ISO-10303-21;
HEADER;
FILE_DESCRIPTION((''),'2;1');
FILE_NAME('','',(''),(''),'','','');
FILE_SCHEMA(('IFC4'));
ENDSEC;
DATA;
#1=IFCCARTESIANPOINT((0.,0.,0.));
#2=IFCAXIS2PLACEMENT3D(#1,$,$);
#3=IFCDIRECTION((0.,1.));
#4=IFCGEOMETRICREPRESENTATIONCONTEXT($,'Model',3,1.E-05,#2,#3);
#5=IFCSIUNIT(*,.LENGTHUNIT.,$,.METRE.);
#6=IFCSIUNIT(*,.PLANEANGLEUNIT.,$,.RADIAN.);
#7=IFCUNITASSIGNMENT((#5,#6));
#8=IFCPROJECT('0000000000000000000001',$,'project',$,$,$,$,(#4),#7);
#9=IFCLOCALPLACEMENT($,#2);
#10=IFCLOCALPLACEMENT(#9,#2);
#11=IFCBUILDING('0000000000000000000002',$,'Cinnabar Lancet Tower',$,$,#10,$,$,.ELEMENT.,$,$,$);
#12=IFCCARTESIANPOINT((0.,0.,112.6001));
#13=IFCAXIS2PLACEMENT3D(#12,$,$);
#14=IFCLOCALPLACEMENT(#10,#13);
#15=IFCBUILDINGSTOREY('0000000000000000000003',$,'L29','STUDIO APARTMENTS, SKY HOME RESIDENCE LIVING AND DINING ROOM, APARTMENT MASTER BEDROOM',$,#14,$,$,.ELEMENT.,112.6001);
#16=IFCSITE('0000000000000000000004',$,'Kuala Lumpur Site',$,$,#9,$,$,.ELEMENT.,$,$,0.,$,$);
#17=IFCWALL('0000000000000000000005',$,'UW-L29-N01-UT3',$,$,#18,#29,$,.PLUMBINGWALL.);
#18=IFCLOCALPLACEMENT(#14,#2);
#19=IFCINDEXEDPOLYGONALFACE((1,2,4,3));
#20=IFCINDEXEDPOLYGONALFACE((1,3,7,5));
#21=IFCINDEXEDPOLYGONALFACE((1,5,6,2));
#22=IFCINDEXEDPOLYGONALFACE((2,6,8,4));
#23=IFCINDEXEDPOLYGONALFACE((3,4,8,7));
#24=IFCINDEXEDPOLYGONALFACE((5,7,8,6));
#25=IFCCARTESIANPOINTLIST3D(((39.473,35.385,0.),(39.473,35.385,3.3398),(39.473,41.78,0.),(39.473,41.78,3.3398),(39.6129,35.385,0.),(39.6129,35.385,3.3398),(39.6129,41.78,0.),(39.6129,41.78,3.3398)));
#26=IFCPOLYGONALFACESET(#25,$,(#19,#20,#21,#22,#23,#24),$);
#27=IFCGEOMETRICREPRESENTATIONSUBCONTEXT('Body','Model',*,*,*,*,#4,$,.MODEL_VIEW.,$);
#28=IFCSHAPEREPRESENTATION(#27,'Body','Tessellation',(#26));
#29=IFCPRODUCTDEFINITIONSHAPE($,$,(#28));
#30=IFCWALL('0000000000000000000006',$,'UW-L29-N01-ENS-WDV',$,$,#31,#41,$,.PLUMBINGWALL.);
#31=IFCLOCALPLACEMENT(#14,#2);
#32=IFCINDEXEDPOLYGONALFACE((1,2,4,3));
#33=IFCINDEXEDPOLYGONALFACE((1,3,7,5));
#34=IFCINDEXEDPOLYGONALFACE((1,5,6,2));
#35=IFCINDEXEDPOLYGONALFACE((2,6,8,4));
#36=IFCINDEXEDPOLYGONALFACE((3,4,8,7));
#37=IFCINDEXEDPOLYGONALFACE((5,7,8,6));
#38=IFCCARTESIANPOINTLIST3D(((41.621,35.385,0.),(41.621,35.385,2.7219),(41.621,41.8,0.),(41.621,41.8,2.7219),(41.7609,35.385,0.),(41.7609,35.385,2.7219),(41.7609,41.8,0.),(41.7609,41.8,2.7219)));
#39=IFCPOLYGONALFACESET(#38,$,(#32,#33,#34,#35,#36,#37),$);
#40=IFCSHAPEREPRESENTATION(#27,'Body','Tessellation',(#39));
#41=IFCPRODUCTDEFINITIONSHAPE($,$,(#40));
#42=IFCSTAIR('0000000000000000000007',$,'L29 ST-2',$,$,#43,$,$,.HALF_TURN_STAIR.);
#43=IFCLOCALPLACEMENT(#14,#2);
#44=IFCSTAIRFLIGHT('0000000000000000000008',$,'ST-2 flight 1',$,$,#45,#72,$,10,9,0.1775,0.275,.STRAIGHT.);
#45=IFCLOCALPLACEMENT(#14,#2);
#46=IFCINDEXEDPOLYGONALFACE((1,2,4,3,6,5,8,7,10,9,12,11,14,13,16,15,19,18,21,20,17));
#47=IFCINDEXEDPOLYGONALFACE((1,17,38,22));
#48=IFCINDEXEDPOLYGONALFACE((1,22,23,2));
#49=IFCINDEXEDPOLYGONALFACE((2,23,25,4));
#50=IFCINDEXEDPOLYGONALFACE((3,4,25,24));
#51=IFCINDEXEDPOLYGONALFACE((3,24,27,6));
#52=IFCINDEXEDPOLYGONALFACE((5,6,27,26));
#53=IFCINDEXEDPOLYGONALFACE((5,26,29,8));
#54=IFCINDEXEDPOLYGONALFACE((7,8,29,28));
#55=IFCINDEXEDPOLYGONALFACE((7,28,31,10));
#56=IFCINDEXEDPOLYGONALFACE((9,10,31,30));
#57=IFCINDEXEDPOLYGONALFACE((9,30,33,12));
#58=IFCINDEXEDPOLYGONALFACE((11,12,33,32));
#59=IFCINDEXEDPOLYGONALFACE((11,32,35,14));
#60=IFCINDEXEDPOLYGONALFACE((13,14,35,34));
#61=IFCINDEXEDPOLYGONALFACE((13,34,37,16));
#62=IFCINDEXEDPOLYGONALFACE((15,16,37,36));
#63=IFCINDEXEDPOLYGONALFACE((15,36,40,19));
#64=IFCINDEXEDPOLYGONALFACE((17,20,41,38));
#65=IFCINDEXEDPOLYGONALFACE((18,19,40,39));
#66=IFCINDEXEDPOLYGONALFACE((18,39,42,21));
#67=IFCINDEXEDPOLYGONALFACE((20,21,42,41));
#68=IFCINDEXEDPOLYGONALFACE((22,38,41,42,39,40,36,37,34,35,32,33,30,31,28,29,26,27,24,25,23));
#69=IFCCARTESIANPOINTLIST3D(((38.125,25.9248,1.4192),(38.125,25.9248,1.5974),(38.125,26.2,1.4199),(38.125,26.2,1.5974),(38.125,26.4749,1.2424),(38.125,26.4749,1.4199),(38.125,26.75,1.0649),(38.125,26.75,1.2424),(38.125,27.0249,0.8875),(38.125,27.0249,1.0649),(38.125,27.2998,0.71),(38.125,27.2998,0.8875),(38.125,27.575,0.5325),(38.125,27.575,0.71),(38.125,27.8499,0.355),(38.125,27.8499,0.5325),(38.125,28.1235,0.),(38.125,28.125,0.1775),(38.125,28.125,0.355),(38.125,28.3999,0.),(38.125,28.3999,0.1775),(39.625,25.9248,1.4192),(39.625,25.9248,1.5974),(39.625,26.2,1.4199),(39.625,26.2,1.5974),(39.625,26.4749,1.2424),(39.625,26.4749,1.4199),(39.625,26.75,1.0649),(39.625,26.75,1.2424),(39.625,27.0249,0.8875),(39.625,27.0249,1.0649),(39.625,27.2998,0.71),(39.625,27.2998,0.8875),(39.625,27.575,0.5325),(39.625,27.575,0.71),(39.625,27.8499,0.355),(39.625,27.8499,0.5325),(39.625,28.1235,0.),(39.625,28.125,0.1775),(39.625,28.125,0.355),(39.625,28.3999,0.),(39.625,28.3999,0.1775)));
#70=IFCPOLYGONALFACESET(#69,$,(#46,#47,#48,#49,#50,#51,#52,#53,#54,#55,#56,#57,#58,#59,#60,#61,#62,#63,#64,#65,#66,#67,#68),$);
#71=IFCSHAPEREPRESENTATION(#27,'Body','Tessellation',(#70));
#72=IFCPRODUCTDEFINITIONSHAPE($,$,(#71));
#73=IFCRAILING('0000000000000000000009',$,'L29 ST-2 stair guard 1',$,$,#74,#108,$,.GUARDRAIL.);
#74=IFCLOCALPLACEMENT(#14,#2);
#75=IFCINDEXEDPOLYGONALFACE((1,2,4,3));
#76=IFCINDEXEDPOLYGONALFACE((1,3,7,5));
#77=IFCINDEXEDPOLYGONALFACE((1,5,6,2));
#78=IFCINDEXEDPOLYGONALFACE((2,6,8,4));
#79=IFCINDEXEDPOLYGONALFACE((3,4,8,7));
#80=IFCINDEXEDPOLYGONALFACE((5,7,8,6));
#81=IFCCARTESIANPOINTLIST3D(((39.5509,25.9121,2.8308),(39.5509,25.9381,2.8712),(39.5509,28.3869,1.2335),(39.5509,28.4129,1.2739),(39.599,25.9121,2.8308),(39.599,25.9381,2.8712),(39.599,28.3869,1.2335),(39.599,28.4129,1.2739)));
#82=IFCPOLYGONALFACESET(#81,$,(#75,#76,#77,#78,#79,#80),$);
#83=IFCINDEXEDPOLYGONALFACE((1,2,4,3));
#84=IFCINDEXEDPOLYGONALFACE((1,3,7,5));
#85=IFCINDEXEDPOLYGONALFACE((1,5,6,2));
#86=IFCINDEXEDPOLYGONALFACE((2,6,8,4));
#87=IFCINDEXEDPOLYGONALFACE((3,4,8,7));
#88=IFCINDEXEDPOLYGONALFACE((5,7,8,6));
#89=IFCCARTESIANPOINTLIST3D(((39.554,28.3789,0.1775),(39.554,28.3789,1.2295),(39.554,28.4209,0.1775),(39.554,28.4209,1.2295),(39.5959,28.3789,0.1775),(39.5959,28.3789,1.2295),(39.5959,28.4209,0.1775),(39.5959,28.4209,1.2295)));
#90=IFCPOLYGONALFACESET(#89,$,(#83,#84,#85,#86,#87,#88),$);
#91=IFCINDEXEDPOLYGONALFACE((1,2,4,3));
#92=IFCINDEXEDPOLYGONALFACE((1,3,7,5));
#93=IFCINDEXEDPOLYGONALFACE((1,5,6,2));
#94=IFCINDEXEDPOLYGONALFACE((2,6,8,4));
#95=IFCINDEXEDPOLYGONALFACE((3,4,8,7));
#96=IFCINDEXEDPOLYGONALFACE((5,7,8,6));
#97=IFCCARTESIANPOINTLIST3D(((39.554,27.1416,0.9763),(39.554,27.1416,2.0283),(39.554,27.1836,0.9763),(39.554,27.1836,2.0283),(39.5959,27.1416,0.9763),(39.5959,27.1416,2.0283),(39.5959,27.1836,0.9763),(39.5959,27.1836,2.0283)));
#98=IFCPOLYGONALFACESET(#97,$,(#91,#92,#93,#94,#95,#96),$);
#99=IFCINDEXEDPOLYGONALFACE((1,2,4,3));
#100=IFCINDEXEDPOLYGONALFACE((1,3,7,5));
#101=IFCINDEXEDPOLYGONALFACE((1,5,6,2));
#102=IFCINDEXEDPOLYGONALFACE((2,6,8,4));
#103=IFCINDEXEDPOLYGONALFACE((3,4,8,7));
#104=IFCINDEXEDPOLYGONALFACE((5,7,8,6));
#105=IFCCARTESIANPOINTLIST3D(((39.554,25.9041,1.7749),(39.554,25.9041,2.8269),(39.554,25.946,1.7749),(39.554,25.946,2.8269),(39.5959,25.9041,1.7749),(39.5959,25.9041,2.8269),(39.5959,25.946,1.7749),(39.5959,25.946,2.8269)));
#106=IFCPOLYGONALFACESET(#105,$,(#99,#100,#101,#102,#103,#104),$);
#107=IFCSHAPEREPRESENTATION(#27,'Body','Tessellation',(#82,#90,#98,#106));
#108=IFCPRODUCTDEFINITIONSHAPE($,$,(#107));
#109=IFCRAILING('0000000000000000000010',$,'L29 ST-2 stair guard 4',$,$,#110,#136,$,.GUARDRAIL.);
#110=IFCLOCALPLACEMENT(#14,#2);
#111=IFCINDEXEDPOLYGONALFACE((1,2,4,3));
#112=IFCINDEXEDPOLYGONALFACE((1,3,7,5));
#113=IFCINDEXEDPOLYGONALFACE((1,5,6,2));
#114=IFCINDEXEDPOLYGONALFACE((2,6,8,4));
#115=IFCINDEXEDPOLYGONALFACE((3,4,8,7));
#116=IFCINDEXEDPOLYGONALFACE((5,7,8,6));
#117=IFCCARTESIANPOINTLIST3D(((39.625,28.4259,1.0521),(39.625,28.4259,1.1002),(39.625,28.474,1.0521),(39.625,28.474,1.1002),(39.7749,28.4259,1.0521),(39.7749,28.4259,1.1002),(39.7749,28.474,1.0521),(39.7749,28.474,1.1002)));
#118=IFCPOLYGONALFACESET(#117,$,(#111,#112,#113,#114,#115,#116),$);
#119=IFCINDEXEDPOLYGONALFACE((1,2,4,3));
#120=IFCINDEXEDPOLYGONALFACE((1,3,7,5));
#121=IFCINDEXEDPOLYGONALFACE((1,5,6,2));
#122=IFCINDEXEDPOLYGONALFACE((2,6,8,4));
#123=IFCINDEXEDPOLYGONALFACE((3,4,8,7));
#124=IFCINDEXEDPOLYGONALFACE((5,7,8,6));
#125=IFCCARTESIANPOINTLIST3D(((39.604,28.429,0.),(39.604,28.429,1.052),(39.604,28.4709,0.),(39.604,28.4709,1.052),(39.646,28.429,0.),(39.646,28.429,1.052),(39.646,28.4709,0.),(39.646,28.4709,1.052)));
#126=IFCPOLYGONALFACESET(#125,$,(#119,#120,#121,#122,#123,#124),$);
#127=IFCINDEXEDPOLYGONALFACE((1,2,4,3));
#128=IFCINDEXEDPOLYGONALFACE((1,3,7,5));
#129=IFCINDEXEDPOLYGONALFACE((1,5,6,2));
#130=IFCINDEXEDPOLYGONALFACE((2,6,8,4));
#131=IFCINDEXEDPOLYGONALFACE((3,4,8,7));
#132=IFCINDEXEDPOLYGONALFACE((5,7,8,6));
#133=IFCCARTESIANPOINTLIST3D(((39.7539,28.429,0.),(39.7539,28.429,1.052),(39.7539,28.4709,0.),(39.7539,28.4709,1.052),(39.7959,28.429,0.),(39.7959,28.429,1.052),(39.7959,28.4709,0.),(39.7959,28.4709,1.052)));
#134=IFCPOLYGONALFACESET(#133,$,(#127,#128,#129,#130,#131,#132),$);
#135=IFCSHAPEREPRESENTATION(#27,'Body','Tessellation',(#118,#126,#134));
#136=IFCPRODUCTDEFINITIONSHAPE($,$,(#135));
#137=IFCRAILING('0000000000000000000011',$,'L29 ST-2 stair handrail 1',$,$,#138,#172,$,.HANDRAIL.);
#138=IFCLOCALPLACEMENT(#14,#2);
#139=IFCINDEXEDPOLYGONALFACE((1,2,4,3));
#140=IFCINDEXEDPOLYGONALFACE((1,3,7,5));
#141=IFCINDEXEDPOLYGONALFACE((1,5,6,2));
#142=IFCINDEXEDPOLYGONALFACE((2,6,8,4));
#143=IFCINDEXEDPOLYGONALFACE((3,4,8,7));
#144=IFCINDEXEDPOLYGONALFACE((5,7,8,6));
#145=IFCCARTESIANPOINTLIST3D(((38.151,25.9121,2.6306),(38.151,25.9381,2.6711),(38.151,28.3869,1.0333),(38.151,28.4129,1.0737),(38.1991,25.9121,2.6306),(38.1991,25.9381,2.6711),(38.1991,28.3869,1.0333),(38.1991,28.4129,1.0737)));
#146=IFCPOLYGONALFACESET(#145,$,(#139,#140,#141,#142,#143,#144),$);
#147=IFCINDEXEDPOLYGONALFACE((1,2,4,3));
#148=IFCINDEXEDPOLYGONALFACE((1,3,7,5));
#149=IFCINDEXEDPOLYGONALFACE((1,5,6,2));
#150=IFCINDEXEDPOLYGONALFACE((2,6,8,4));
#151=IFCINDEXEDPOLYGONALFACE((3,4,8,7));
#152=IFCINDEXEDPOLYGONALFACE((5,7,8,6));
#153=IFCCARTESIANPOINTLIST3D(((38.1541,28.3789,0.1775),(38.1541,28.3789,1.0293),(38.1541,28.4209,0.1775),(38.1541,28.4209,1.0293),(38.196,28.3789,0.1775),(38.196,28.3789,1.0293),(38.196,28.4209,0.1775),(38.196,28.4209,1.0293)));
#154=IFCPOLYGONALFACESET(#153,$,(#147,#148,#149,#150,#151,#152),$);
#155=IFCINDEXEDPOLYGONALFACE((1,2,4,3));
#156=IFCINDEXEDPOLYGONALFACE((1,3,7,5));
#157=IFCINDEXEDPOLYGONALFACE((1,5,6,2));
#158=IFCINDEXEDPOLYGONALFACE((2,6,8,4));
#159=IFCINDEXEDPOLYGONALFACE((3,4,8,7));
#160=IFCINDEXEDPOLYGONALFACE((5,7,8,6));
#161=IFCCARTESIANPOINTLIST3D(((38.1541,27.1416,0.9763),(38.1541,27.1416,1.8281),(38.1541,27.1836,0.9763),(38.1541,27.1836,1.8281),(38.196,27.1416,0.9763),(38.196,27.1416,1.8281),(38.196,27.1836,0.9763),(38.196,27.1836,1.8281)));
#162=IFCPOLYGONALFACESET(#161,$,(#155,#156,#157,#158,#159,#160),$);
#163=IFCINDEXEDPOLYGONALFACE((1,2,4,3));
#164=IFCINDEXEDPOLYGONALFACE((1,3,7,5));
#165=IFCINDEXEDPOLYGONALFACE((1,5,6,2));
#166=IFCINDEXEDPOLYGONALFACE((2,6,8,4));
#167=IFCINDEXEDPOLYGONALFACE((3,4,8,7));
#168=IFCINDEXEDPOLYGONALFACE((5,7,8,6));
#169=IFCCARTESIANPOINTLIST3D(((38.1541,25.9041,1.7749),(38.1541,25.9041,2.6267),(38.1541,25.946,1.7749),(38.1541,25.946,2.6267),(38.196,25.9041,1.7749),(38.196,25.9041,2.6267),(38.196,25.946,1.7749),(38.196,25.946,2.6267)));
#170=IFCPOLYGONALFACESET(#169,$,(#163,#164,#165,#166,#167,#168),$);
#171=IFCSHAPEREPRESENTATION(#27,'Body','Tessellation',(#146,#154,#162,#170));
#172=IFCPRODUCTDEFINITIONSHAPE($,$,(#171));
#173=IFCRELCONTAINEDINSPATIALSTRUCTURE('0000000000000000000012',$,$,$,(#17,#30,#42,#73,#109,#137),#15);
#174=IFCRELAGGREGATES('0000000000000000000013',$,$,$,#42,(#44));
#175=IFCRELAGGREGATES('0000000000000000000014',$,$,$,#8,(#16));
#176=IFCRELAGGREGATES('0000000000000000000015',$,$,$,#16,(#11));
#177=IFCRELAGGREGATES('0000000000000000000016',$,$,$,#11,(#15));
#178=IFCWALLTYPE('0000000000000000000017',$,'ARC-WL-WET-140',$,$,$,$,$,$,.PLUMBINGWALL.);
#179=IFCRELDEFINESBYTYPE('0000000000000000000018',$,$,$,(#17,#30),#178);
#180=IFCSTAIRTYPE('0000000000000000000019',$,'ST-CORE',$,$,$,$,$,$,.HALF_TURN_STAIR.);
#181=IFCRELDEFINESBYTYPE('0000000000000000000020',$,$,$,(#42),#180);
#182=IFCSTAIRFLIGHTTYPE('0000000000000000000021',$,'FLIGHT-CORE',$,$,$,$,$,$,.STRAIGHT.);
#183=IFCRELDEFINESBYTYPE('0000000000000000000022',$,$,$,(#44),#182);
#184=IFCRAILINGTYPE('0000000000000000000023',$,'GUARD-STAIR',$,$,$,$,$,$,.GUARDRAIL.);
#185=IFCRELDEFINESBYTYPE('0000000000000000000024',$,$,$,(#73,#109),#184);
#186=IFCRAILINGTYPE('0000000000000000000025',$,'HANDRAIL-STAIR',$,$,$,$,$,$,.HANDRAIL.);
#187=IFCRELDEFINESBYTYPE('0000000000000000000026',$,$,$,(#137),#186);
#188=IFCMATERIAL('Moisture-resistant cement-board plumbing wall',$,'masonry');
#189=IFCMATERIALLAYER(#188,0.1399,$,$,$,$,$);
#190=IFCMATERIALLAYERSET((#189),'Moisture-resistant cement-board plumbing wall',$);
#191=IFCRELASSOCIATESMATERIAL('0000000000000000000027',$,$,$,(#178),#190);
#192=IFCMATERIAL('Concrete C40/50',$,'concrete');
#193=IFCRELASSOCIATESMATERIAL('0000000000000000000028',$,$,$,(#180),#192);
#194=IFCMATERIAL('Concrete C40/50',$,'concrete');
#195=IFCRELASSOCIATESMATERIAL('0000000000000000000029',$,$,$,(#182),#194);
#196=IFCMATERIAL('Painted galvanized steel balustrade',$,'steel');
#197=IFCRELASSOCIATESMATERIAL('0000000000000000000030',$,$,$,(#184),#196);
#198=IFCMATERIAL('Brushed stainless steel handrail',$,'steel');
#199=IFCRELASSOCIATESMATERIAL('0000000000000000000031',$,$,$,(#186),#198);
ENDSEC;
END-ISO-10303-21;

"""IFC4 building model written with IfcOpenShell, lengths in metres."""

from ifc_helpers import new_model, si_unit, direction, frame, frame_2d, origin, origin_2d, place, context, subcontext, project, spatial, polyline, rectangle, outline, extrude, material, layer, layer_set, type_object, element, aggregate, save


model = new_model("IFC4")

# Units and contexts
model_context = context("Model", 3, precision=1e-05, world=origin(), true_north=direction((0.0, 1.0)))
body_context = subcontext(model_context, "Body", "Model", "MODEL_VIEW")
ifc_project = project(units=[si_unit("LENGTHUNIT", "METRE"), si_unit("PLANEANGLEUNIT", "RADIAN")], contexts=[model_context])

# Site, building, storey
site_placement = place(None, origin())
site = spatial("IfcSite", under=ifc_project, at=site_placement, Name="Kuala Lumpur Site", CompositionType="ELEMENT", RefElevation=0.0)
building_placement = place(site_placement, origin())
building = spatial("IfcBuilding", under=site, at=building_placement, Name="Cinnabar Lancet Tower", CompositionType="ELEMENT")
storey_placement = place(building_placement, frame((0.0, 0.0, 112.6001)))
storey = spatial("IfcBuildingStorey", under=building, at=storey_placement, Name="L29", Description="STUDIO APARTMENTS, SKY HOME RESIDENCE LIVING AND DINING ROOM, APARTMENT MASTER BEDROOM", CompositionType="ELEMENT", Elevation=112.6001)

# Walls
ifc_material_1 = material(Name="Moisture-resistant cement-board plumbing wall", Category="masonry")
ifc_layer_1 = layer(ifc_material_1, 0.1399)
ifc_layer_set_1 = layer_set([ifc_layer_1], Name="Moisture-resistant cement-board plumbing wall")
wall_type_1 = type_object("IfcWallType", Name="ARC-WL-WET-140", PredefinedType="PLUMBINGWALL", material=ifc_layer_set_1)
for number, where, z_axis, x_axis, name in (
    (1, (39.543, 35.385, 0.0), (0.0, 0.0, 1.0), (0.0, 1.0, 0.0), "UW-L29-N01-UT3"),
):
    element("IfcWall", number, at=place(storey_placement, frame(where, z_axis=z_axis, x_axis=x_axis)), inside=storey, type_object=wall_type_1, Name=name, PredefinedType="PLUMBINGWALL", context=body_context, shape_type="SweptSolid", body=[
        extrude(rectangle(XDim=6.395, YDim=0.1399, at=frame_2d((3.1975, 0.0))), origin(), (0.0, 0.0, 1.0), 3.3398),
    ])
wall_1_placement = place(storey_placement, frame((41.6909, 35.385, 0.0), z_axis=(0.0, 0.0, 1.0), x_axis=(0.0, 1.0, 0.0)))
element("IfcWall", 2, at=wall_1_placement, inside=storey, type_object=wall_type_1, Name="UW-L29-N01-ENS-WDV", PredefinedType="PLUMBINGWALL", context=body_context, shape_type="SweptSolid", body=[
    extrude(rectangle(XDim=6.415, YDim=0.1399, at=frame_2d((3.2075, 0.0))), origin(), (0.0, 0.0, 1.0), 2.7219),
])

# Stair, stair flight
ifc_material_2 = material(Name="Concrete C40/50", Category="concrete")
stair_type = type_object("IfcStairType", Name="ST-CORE", PredefinedType="HALF_TURN_STAIR", material=ifc_material_2)
stair_placement = place(storey_placement, origin())
stair = element("IfcStair", 3, at=stair_placement, inside=storey, type_object=stair_type, Name="L29 ST-2", PredefinedType="HALF_TURN_STAIR")
ifc_material_3 = material(Name="Concrete C40/50", Category="concrete")
stair_flight_type = type_object("IfcStairFlightType", Name="FLIGHT-CORE", PredefinedType="STRAIGHT", material=ifc_material_3)
stair_flight_placement = place(storey_placement, frame((38.875, 28.3999, 0.0), z_axis=(0.0, 0.0, 1.0), x_axis=(0.0, -1.0, 0.0)))
stair_flight = element("IfcStairFlight", 4, at=stair_flight_placement, type_object=stair_flight_type, Name="ST-2 flight 1", NumberOfRisers=10, NumberOfTreads=9, PredefinedType="STRAIGHT", RiserHeight=0.1775, TreadLength=0.275, context=body_context, shape_type="SweptSolid", body=[
    extrude(outline(polyline([(0.0, 0.0), (0.0, 0.1775), (0.2749, 0.1775), (0.2749, 0.355), (0.55, 0.355), (0.55, 0.5325), (0.825, 0.5325), (0.825, 0.71), (1.1001, 0.71), (1.1001, 0.8875), (1.375, 0.8875), (1.375, 1.0649), (1.6499, 1.0649), (1.6499, 1.2424), (1.925, 1.2424), (1.925, 1.4199), (2.2, 1.4199), (2.2, 1.5974), (2.4751, 1.5974), (2.4751, 1.7749), (2.4751, 1.4192), (0.2764, 0.0), (0.0, 0.0)])), frame((0.0, 0.75, 0.0), z_axis=(0.0, -1.0, 0.0), x_axis=(1.0, 0.0, 0.0)), (0.0, 0.0, 1.0), 1.5),
])
aggregate(stair, [stair_flight])

# Railings
ifc_material_4 = material(Name="Painted galvanized steel balustrade", Category="steel")
railing_type_1 = type_object("IfcRailingType", Name="GUARD-STAIR", PredefinedType="GUARDRAIL", material=ifc_material_4)
railing_1_placement = place(storey_placement, frame((39.575, 28.3999, 0.1775)))
element("IfcRailing", 5, at=railing_1_placement, inside=storey, type_object=railing_type_1, Name="L29 ST-2 stair guard 1", PredefinedType="GUARDRAIL", context=body_context, shape_type="SweptSolid", body=[
    extrude(rectangle(XDim=0.0481, YDim=0.0481, at=origin_2d()), frame((0.0, 0.0, 1.0762), z_axis=(0.0, -0.840183, 0.542302), x_axis=(1.0, 0.0, 0.0)), (0.0, 0.0, 1.0), 2.9456),
    extrude(rectangle(XDim=0.042, YDim=0.042, at=origin_2d()), origin(), (0.0, 0.0, 1.0), 1.052),
    extrude(rectangle(XDim=0.042, YDim=0.042, at=origin_2d()), frame((0.0, -1.2373, 0.7988)), (0.0, 0.0, 1.0), 1.052),
    extrude(rectangle(XDim=0.042, YDim=0.042, at=origin_2d()), frame((0.0, -2.4749, 1.5974)), (0.0, 0.0, 1.0), 1.052),
])
railing_2_placement = place(storey_placement, frame((39.625, 28.45, 0.0)))
element("IfcRailing", 6, at=railing_2_placement, inside=storey, type_object=railing_type_1, Name="L29 ST-2 stair guard 4", PredefinedType="GUARDRAIL", context=body_context, shape_type="SweptSolid", body=[
    extrude(rectangle(XDim=0.0481, YDim=0.0481, at=origin_2d()), frame((0.0, 0.0, 1.0762), z_axis=(1.0, 0.0, 0.0), x_axis=(0.0, 1.0, 0.0)), (0.0, 0.0, 1.0), 0.1499),
    extrude(rectangle(XDim=0.042, YDim=0.042, at=origin_2d()), origin(), (0.0, 0.0, 1.0), 1.052),
    extrude(rectangle(XDim=0.042, YDim=0.042, at=origin_2d()), frame((0.1499, 0.0, 0.0)), (0.0, 0.0, 1.0), 1.052),
])
ifc_material_5 = material(Name="Brushed stainless steel handrail", Category="steel")
railing_type_2 = type_object("IfcRailingType", Name="HANDRAIL-STAIR", PredefinedType="HANDRAIL", material=ifc_material_5)
railing_3_placement = place(storey_placement, frame((38.175, 28.3999, 0.1775)))
element("IfcRailing", 7, at=railing_3_placement, inside=storey, type_object=railing_type_2, Name="L29 ST-2 stair handrail 1", PredefinedType="HANDRAIL", context=body_context, shape_type="SweptSolid", body=[
    extrude(rectangle(XDim=0.0481, YDim=0.0481, at=origin_2d()), frame((0.0, 0.0, 0.876), z_axis=(0.0, -0.840183, 0.542302), x_axis=(1.0, 0.0, 0.0)), (0.0, 0.0, 1.0), 2.9456),
    extrude(rectangle(XDim=0.042, YDim=0.042, at=origin_2d()), origin(), (0.0, 0.0, 1.0), 0.8518),
    extrude(rectangle(XDim=0.042, YDim=0.042, at=origin_2d()), frame((0.0, -1.2373, 0.7988)), (0.0, 0.0, 1.0), 0.8518),
    extrude(rectangle(XDim=0.042, YDim=0.042, at=origin_2d()), frame((0.0, -2.4749, 1.5974)), (0.0, 0.0, 1.0), 0.8518),
])

save(model, "model.ifc")
